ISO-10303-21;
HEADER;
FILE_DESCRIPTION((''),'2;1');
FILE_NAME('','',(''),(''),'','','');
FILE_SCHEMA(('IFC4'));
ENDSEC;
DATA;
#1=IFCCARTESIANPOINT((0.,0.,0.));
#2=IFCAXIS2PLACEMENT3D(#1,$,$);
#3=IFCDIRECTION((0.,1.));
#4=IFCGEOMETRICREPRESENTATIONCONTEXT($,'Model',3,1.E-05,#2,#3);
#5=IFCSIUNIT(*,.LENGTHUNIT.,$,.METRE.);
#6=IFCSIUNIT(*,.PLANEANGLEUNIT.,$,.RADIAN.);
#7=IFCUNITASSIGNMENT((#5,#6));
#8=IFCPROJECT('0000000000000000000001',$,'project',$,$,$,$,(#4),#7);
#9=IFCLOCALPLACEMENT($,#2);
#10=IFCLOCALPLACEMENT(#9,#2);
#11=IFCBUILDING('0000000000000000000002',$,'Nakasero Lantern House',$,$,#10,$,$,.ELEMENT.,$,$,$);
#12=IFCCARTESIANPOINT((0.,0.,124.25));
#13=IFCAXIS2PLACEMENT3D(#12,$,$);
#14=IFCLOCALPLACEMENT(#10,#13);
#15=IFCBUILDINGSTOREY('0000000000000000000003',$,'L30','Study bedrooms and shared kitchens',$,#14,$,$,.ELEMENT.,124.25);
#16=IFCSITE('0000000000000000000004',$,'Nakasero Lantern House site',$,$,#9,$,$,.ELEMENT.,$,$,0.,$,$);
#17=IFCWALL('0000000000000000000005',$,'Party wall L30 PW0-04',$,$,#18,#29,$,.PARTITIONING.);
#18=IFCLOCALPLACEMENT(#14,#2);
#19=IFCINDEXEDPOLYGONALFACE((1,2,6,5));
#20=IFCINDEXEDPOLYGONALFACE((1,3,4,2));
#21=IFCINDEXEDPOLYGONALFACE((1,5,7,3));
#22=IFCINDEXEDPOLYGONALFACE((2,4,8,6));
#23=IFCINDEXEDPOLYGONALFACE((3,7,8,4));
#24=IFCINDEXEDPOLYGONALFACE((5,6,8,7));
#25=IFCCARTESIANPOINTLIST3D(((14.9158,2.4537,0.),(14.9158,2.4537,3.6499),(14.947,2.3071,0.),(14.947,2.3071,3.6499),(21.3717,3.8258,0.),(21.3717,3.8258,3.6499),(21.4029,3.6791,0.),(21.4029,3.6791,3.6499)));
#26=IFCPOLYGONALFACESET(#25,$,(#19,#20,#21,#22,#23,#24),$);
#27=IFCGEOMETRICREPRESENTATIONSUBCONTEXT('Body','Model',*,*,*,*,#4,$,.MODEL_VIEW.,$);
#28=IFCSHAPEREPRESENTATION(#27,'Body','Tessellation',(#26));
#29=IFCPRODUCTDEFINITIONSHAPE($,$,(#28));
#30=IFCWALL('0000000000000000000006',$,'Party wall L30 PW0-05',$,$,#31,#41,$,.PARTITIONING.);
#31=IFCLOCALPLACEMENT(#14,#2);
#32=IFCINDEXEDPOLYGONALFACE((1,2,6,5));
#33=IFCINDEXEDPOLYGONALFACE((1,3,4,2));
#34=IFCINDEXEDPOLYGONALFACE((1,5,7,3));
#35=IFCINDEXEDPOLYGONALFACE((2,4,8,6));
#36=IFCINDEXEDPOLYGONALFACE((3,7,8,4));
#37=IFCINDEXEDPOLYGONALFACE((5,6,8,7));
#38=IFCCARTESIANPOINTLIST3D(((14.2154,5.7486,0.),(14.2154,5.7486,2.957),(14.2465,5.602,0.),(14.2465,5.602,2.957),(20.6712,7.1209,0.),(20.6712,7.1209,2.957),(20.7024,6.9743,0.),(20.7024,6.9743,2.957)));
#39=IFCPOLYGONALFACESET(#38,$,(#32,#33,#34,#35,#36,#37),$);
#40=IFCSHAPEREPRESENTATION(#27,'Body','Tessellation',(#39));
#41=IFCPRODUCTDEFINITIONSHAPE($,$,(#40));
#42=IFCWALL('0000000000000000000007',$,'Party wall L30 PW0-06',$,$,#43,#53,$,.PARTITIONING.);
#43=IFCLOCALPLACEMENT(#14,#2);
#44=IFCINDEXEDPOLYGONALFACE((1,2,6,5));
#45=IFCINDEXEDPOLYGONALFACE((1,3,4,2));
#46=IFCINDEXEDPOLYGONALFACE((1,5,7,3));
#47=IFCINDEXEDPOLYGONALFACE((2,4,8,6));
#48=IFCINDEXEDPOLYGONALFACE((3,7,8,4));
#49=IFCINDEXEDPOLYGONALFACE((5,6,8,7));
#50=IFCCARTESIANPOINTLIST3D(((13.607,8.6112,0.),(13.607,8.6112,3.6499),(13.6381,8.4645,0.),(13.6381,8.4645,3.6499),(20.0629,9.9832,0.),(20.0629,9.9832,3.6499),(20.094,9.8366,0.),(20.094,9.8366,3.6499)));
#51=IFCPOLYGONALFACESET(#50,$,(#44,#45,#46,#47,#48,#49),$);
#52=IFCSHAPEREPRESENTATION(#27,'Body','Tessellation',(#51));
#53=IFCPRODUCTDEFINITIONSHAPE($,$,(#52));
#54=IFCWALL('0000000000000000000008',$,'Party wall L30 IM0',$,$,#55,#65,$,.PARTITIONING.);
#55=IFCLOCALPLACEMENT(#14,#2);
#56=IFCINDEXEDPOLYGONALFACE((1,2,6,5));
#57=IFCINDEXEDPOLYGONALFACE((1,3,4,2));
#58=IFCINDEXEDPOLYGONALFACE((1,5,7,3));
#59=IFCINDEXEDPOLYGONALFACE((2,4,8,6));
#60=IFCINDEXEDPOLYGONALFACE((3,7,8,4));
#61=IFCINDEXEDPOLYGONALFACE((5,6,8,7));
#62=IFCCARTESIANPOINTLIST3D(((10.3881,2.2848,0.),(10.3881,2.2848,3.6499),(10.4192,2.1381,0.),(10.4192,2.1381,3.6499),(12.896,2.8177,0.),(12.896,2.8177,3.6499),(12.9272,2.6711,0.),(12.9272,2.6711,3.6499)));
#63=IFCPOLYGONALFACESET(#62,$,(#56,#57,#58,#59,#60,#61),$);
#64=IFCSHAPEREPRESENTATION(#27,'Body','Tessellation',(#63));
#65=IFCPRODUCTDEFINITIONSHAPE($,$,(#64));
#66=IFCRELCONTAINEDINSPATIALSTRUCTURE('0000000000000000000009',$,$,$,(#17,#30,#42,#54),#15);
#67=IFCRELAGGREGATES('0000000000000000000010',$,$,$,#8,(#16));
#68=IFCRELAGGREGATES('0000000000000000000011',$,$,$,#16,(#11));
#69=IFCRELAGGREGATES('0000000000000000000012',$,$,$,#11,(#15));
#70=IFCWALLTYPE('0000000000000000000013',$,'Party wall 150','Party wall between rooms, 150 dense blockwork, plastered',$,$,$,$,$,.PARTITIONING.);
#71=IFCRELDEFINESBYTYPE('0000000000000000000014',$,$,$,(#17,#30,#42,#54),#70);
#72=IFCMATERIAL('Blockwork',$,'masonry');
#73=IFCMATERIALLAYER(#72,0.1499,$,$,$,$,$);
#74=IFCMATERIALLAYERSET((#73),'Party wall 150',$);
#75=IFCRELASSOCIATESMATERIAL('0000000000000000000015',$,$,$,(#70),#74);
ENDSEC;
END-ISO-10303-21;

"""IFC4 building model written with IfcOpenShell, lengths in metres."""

from ifc_helpers import new_model, si_unit, direction, frame, frame_2d, origin, place, context, subcontext, project, spatial, rectangle, extrude, material, layer, layer_set, type_object, element, save


model = new_model("IFC4")

# Units and contexts
model_context = context("Model", 3, precision=1e-05, world=origin(), true_north=direction((0.0, 1.0)))
body_context = subcontext(model_context, "Body", "Model", "MODEL_VIEW")
ifc_project = project(units=[si_unit("LENGTHUNIT", "METRE"), si_unit("PLANEANGLEUNIT", "RADIAN")], contexts=[model_context])

# Site, building, storey
site_placement = place(None, origin())
site = spatial("IfcSite", under=ifc_project, at=site_placement, Name="Nakasero Lantern House site", CompositionType="ELEMENT", RefElevation=0.0)
building_placement = place(site_placement, origin())
building = spatial("IfcBuilding", under=site, at=building_placement, Name="Nakasero Lantern House", CompositionType="ELEMENT")
storey_placement = place(building_placement, frame((0.0, 0.0, 124.25)))
storey = spatial("IfcBuildingStorey", under=building, at=storey_placement, Name="L30", Description="Study bedrooms and shared kitchens", CompositionType="ELEMENT", Elevation=124.25)

# Walls
ifc_material_1 = material(Name="Blockwork", Category="masonry")
ifc_layer_1 = layer(ifc_material_1, 0.1499)
ifc_layer_set_1 = layer_set([ifc_layer_1], Name="Party wall 150")
wall_type_1 = type_object("IfcWallType", Name="Party wall 150", Description="Party wall between rooms, 150 dense blockwork, plastered", PredefinedType="PARTITIONING", material=ifc_layer_set_1)
wall_1_placement = place(storey_placement, frame((14.9314, 2.3804, 0.0), z_axis=(0.0, 0.0, 1.0), x_axis=(0.978152, 0.207889, 0.0)))
element("IfcWall", 1, at=wall_1_placement, inside=storey, type_object=wall_type_1, Name="Party wall L30 PW0-04", PredefinedType="PARTITIONING", context=body_context, shape_type="SweptSolid", body=[
    extrude(rectangle(XDim=6.6001, YDim=0.1499, at=frame_2d((3.3, 0.0))), origin(), (0.0, 0.0, 1.0), 3.6499),
])
wall_2_placement = place(storey_placement, frame((14.231, 5.6753, 0.0), z_axis=(0.0, 0.0, 1.0), x_axis=(0.978145, 0.207925, 0.0)))
element("IfcWall", 2, at=wall_2_placement, inside=storey, type_object=wall_type_1, Name="Party wall L30 PW0-05", PredefinedType="PARTITIONING", context=body_context, shape_type="SweptSolid", body=[
    extrude(rectangle(XDim=6.6001, YDim=0.1499, at=frame_2d((3.3, 0.0))), origin(), (0.0, 0.0, 1.0), 2.957),
])
wall_3_placement = place(storey_placement, frame((13.6226, 8.5378, 0.0), z_axis=(0.0, 0.0, 1.0), x_axis=(0.978152, 0.207889, 0.0)))
element("IfcWall", 3, at=wall_3_placement, inside=storey, type_object=wall_type_1, Name="Party wall L30 PW0-06", PredefinedType="PARTITIONING", context=body_context, shape_type="SweptSolid", body=[
    extrude(rectangle(XDim=6.6001, YDim=0.1499, at=frame_2d((3.3, 0.0))), origin(), (0.0, 0.0, 1.0), 3.6499),
])
wall_4_placement = place(storey_placement, frame((12.9116, 2.7444, 0.0), z_axis=(0.0, 0.0, 1.0), x_axis=(-0.978159, -0.207858, 0.0)))
element("IfcWall", 4, at=wall_4_placement, inside=storey, type_object=wall_type_1, Name="Party wall L30 IM0", PredefinedType="PARTITIONING", context=body_context, shape_type="SweptSolid", body=[
    extrude(rectangle(XDim=2.564, YDim=0.1499, at=frame_2d((1.282, 0.0))), origin(), (0.0, 0.0, 1.0), 3.6499),
])

save(model, "model.ifc")
